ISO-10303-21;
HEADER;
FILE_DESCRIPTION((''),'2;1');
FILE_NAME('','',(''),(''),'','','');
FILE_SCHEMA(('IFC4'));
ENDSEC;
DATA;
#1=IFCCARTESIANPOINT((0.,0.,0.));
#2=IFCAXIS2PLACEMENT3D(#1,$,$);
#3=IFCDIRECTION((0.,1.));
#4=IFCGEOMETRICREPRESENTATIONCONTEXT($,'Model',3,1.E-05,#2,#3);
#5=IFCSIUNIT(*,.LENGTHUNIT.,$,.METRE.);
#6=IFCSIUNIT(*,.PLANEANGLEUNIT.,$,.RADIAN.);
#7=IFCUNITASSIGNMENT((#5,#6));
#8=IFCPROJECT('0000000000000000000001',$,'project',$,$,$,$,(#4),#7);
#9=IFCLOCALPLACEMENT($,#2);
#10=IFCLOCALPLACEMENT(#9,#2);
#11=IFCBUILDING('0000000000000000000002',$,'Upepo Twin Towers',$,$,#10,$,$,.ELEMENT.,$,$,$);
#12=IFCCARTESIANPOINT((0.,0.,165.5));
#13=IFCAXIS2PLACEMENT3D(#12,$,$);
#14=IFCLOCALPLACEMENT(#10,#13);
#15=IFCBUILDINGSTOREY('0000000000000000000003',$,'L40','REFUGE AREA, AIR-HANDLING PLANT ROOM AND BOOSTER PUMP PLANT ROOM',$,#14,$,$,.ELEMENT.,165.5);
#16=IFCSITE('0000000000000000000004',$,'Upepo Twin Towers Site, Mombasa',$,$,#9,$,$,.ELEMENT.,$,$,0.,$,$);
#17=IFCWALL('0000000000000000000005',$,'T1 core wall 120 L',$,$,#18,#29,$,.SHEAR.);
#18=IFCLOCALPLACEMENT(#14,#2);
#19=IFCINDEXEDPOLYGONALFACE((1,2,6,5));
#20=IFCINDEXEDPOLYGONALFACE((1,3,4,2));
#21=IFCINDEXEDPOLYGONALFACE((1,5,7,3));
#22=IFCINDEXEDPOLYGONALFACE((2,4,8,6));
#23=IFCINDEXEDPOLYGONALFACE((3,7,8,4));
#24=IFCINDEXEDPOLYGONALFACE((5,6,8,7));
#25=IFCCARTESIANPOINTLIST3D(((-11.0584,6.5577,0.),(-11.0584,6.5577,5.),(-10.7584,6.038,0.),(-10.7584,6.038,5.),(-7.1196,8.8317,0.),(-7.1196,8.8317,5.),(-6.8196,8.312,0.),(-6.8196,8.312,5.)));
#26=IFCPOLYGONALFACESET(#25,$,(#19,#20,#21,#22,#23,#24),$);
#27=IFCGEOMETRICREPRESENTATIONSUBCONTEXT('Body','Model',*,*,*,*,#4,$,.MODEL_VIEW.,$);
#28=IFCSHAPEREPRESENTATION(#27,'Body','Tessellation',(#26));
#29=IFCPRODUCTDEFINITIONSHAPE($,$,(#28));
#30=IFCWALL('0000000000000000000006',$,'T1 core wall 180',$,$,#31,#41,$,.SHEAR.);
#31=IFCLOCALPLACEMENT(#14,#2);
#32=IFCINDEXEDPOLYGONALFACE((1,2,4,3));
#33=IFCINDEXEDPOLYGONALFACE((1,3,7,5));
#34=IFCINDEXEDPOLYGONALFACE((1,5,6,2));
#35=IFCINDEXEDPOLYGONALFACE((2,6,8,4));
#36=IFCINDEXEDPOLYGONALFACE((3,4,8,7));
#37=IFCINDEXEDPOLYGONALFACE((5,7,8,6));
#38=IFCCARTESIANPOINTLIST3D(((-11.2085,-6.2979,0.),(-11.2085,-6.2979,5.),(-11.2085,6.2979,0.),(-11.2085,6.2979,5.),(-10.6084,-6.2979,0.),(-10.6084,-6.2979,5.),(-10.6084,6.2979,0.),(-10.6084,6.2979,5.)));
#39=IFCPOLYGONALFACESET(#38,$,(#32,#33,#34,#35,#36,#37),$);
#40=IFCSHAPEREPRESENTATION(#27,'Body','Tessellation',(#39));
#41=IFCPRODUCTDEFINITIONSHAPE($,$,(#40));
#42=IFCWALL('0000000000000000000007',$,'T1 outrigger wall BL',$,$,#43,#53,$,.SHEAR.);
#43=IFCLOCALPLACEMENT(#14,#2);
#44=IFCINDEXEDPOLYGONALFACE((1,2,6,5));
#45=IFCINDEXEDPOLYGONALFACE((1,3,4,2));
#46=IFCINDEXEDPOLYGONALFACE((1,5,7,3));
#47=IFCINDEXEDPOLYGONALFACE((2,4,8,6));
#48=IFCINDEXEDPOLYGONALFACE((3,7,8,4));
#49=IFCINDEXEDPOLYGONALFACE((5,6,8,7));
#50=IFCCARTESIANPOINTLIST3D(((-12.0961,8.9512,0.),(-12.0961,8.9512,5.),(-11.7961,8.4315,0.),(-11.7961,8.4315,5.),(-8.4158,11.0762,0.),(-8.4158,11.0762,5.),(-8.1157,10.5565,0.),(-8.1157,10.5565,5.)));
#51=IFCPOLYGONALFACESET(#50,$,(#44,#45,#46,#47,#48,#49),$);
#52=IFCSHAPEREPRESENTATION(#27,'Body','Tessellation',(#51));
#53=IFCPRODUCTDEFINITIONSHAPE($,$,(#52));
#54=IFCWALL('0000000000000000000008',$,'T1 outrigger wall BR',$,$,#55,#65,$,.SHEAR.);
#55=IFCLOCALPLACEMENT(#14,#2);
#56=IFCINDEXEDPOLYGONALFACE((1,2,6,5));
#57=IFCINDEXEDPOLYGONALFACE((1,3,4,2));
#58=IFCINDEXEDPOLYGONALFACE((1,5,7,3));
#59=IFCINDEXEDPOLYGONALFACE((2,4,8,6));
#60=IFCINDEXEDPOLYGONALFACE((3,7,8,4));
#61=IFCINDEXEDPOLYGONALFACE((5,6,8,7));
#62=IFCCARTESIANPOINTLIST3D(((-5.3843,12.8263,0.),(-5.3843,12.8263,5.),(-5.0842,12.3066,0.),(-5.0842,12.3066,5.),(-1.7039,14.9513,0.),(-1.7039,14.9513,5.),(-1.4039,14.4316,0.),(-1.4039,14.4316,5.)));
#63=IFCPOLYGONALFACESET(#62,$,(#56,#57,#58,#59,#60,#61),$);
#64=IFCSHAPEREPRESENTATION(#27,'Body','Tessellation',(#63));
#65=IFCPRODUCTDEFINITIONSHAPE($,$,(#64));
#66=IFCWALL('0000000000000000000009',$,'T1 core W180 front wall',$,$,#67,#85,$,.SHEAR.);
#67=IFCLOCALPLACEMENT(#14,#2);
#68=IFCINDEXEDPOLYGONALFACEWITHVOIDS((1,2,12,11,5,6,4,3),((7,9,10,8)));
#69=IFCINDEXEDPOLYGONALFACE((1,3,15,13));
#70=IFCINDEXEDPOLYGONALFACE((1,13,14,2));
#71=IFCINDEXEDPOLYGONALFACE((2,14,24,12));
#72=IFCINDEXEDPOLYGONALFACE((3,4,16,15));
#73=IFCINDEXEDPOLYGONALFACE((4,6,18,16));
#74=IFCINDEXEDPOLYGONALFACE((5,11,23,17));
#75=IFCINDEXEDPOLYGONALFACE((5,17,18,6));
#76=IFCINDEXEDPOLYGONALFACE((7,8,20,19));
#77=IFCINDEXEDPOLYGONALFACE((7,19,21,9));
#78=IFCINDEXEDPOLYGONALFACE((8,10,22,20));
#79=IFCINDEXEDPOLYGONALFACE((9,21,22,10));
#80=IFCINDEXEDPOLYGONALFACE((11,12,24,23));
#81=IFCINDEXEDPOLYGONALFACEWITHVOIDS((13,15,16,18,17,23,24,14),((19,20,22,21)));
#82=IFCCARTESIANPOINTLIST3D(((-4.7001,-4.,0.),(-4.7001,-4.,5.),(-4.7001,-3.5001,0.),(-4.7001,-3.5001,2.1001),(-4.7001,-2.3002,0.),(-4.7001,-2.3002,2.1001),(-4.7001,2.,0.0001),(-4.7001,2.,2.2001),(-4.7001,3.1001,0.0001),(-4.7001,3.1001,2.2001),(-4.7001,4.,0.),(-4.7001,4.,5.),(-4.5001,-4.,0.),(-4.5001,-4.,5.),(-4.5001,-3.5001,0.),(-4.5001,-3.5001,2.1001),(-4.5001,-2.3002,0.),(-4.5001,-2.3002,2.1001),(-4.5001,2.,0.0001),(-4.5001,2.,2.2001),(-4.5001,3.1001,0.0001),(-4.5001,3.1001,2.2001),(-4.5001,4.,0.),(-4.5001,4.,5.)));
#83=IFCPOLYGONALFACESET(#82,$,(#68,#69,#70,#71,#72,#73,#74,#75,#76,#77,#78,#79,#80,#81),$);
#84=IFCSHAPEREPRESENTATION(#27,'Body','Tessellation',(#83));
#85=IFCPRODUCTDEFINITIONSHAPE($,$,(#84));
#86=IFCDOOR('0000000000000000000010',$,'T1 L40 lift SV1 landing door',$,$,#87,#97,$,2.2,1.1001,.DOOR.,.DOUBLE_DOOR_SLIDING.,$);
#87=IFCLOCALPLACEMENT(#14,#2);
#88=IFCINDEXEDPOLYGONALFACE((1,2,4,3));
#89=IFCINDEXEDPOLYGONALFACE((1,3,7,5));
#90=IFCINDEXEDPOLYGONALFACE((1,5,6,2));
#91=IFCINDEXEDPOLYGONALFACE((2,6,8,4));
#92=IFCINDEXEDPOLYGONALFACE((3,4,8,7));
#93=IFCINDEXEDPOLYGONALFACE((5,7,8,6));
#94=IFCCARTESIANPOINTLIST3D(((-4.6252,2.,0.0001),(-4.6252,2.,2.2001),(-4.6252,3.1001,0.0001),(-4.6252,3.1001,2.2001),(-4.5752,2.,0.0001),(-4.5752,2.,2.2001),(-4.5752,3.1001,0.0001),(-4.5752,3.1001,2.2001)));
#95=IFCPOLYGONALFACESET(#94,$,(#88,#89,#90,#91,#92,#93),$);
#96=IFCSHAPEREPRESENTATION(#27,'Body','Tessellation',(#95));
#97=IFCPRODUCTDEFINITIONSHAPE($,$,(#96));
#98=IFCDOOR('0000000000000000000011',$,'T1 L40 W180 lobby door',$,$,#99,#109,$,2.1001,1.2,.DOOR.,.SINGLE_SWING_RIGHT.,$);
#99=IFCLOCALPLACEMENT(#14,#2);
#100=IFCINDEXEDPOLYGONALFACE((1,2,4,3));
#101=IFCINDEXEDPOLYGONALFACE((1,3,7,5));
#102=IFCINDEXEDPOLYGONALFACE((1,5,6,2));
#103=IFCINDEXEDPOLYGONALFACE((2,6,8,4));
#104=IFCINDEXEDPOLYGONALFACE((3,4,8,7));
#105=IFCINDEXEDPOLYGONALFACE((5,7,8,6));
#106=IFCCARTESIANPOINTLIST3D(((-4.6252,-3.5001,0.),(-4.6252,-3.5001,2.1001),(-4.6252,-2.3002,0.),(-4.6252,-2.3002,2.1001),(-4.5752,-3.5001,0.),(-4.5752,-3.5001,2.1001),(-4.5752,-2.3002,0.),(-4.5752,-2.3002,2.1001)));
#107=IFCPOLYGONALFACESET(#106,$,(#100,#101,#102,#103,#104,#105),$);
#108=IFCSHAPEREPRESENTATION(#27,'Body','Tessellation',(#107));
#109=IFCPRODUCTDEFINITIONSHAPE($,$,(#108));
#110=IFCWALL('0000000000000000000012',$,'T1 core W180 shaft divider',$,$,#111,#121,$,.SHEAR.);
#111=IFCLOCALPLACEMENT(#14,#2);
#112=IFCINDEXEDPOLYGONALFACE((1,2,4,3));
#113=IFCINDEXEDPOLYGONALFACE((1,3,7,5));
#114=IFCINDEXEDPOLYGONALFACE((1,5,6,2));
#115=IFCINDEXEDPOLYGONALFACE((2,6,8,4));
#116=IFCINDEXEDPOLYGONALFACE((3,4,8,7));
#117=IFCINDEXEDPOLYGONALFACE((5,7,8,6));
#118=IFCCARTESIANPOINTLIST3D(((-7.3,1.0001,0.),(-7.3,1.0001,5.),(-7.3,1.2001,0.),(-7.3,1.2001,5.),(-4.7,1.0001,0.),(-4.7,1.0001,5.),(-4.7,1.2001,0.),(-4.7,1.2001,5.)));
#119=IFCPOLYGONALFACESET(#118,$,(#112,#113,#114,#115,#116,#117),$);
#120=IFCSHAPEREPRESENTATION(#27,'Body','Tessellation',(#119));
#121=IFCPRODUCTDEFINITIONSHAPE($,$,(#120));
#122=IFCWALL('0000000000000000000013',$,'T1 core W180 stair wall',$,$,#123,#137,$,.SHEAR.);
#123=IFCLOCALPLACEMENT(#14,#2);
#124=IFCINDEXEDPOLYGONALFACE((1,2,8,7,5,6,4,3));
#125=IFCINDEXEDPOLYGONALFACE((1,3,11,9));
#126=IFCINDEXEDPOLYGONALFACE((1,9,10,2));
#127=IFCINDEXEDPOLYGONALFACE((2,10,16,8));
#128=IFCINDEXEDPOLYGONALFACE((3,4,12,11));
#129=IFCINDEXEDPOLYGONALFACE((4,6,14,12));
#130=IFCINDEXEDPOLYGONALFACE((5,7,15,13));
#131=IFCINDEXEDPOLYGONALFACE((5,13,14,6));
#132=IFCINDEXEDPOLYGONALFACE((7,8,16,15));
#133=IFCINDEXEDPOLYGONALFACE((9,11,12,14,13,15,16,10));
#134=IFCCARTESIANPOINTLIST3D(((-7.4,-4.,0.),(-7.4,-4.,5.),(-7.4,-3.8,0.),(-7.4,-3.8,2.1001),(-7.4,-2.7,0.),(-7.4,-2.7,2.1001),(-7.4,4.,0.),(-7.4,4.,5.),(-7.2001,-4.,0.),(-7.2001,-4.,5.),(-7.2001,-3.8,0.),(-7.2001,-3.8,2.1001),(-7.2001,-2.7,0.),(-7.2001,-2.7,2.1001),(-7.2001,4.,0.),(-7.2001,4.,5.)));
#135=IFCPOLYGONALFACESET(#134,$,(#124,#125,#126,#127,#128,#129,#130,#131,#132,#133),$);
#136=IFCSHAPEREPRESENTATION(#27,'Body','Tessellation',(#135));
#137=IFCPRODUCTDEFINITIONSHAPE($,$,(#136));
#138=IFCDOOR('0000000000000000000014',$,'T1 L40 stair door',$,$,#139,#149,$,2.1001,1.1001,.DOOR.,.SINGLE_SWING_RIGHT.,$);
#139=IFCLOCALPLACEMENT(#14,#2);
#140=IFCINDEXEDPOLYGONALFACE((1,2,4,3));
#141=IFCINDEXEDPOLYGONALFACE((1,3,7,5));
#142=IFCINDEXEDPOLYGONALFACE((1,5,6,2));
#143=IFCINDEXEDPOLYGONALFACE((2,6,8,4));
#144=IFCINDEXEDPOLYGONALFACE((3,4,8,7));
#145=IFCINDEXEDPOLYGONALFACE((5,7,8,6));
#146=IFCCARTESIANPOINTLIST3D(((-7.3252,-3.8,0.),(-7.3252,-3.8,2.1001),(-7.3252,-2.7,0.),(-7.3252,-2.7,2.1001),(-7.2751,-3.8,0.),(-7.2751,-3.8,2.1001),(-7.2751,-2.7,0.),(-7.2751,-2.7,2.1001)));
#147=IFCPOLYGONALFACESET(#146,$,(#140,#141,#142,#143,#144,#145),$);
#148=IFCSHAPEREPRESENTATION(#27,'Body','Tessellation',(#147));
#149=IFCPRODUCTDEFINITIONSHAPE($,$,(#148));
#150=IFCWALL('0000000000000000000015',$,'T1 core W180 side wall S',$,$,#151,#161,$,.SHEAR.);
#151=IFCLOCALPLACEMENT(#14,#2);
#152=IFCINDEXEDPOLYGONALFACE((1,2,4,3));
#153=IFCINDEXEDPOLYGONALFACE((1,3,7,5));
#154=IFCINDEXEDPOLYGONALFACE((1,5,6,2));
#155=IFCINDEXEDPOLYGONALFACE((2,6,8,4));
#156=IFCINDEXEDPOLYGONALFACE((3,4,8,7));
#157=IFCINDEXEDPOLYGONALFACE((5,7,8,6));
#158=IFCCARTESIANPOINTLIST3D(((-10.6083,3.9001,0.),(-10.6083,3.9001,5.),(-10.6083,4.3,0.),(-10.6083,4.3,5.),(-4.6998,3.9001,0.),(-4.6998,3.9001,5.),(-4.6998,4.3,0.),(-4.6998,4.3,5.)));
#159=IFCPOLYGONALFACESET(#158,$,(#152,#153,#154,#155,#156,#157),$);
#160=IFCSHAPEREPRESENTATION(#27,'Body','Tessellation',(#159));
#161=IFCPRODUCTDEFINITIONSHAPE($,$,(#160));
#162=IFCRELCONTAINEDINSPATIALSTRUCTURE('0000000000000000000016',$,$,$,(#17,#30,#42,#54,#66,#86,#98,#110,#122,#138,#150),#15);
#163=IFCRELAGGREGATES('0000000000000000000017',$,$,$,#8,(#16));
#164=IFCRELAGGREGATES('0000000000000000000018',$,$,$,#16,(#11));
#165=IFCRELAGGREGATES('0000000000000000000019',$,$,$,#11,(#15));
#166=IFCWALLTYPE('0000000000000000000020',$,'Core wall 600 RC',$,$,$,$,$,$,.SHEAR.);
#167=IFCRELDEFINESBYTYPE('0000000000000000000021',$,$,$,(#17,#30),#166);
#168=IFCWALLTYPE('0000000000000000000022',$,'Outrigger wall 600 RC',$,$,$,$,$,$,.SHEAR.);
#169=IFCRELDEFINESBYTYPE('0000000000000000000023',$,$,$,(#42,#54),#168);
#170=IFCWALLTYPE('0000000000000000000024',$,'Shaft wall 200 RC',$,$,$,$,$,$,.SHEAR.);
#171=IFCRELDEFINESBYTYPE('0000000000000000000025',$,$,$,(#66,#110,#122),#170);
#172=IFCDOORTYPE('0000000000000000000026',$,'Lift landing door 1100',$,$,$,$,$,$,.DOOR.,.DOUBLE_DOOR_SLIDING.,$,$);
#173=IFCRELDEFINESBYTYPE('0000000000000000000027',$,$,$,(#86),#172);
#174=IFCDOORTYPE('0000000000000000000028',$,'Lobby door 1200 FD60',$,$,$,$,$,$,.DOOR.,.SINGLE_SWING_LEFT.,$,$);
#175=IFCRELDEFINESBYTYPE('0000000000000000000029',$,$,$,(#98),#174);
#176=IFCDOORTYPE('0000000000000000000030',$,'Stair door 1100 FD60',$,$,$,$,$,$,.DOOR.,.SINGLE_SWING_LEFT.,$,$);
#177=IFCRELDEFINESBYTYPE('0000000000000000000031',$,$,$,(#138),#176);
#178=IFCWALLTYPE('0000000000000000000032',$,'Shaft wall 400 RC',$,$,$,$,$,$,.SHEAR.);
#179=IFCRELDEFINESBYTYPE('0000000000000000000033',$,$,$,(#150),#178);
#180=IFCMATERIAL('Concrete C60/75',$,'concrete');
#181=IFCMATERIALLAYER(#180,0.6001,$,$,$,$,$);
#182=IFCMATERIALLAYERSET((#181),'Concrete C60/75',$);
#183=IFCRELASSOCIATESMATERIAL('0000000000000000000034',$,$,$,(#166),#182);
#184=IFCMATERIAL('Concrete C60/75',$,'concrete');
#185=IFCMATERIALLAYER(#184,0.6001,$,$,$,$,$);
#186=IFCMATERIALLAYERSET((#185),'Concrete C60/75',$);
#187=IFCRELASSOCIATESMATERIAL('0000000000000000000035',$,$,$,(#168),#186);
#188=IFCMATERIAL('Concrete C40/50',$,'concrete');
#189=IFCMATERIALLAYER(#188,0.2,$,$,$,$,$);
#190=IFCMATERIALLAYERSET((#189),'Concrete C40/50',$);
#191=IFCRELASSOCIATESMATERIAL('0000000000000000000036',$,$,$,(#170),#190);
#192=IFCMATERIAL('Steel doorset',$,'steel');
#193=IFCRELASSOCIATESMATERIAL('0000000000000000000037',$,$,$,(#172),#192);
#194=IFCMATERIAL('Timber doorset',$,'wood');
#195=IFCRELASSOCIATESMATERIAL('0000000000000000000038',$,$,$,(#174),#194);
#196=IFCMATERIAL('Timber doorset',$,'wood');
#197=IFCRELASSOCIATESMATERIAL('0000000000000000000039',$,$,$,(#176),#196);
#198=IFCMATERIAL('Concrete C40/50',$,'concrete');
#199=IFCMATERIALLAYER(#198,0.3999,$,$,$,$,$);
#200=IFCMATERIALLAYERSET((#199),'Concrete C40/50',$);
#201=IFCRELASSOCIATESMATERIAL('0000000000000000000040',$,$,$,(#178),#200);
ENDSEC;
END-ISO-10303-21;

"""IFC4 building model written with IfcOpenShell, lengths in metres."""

from ifc_helpers import new_model, si_unit, direction, frame, frame_2d, origin, place, context, subcontext, project, spatial, rectangle, extrude, material, layer, layer_set, type_object, element, fill, save


model = new_model("IFC4")

# Units and contexts
model_context = context("Model", 3, precision=1e-05, world=origin(), true_north=direction((0.0, 1.0)))
body_context = subcontext(model_context, "Body", "Model", "MODEL_VIEW")
ifc_project = project(units=[si_unit("LENGTHUNIT", "METRE"), si_unit("PLANEANGLEUNIT", "RADIAN")], contexts=[model_context])

# Site, building, storey
site_placement = place(None, origin())
site = spatial("IfcSite", under=ifc_project, at=site_placement, Name="Upepo Twin Towers Site, Mombasa", CompositionType="ELEMENT", RefElevation=0.0)
building_placement = place(site_placement, origin())
building = spatial("IfcBuilding", under=site, at=building_placement, Name="Upepo Twin Towers", CompositionType="ELEMENT")
storey_placement = place(building_placement, frame((0.0, 0.0, 165.5)))
storey = spatial("IfcBuildingStorey", under=building, at=storey_placement, Name="L40", Description="REFUGE AREA, AIR-HANDLING PLANT ROOM AND BOOSTER PUMP PLANT ROOM", CompositionType="ELEMENT", Elevation=165.5)

# Shared definitions
ifc_material_1 = material(Name="Concrete C60/75", Category="concrete")
ifc_layer_1 = layer(ifc_material_1, 0.6001)
ifc_layer_set_1 = layer_set([ifc_layer_1], Name="Concrete C60/75")
wall_type_1 = type_object("IfcWallType", Name="Core wall 600 RC", PredefinedType="SHEAR", material=ifc_layer_set_1)

# Walls
wall_1_placement = place(storey_placement, frame((-6.9697, 8.5718, 0.0), z_axis=(0.0, 0.0, 1.0), x_axis=(-0.866035, -0.499984, 0.0)))
element("IfcWall", 1, at=wall_1_placement, inside=storey, type_object=wall_type_1, Name="T1 core wall 120 L", PredefinedType="SHEAR", context=body_context, shape_type="SweptSolid", body=[
    extrude(rectangle(XDim=4.5481, YDim=0.6001, at=frame_2d((2.2739, 0.0))), origin(), (0.0, 0.0, 1.0), 5.0),
])
wall_2_placement = place(storey_placement, frame((-10.9084, 6.2979, 0.0), z_axis=(0.0, 0.0, 1.0), x_axis=(0.0, -1.0, 0.0)))
element("IfcWall", 2, at=wall_2_placement, inside=storey, type_object=wall_type_1, Name="T1 core wall 180", PredefinedType="SHEAR", context=body_context, shape_type="SweptSolid", body=[
    extrude(rectangle(XDim=12.5957, YDim=0.6001, at=frame_2d((6.2979, 0.0))), origin(), (0.0, 0.0, 1.0), 5.0),
])
ifc_material_2 = material(Name="Concrete C60/75", Category="concrete")
ifc_layer_2 = layer(ifc_material_2, 0.6001)
ifc_layer_set_2 = layer_set([ifc_layer_2], Name="Concrete C60/75")
wall_type_2 = type_object("IfcWallType", Name="Outrigger wall 600 RC", PredefinedType="SHEAR", material=ifc_layer_set_2)
for number, where, z_axis, x_axis, name in (
    (3, (-8.2656, 10.8164, 0.0), (0.0, 0.0, 1.0), (-0.866014, -0.500019, 0.0), "T1 outrigger wall BL"),
    (4, (-5.2344, 12.5664, 0.0), (0.0, 0.0, 1.0), (0.866014, 0.500019, 0.0), "T1 outrigger wall BR"),
):
    element("IfcWall", number, at=place(storey_placement, frame(where, z_axis=z_axis, x_axis=x_axis)), inside=storey, type_object=wall_type_2, Name=name, PredefinedType="SHEAR", context=body_context, shape_type="SweptSolid", body=[
        extrude(rectangle(XDim=4.2498, YDim=0.6001, at=frame_2d((2.125, 0.0))), origin(), (0.0, 0.0, 1.0), 5.0),
    ])

# Wall, openings, doors
ifc_material_3 = material(Name="Concrete C40/50", Category="concrete")
ifc_layer_3 = layer(ifc_material_3, 0.2)
ifc_layer_set_3 = layer_set([ifc_layer_3], Name="Concrete C40/50")
wall_type_3 = type_object("IfcWallType", Name="Shaft wall 200 RC", PredefinedType="SHEAR", material=ifc_layer_set_3)
wall_3_placement = place(storey_placement, frame((-4.6001, 4.0, 0.0), z_axis=(0.0, 0.0, 1.0), x_axis=(0.0, -1.0, 0.0)))
wall_3 = element("IfcWall", 5, at=wall_3_placement, inside=storey, type_object=wall_type_3, Name="T1 core W180 front wall", PredefinedType="SHEAR", context=body_context, shape_type="SweptSolid", body=[
    extrude(rectangle(XDim=8.0, YDim=0.2, at=frame_2d((4.0, 0.0))), origin(), (0.0, 0.0, 1.0), 5.0),
])
opening_1_placement = place(wall_3_placement, frame((6.3, 0.0, 0.0)))
opening_1 = element("IfcOpeningElement", 6, at=opening_1_placement, cuts=wall_3, PredefinedType="OPENING", context=body_context, shape_type="SweptSolid", body=[
    extrude(rectangle(XDim=1.2, YDim=2.1001, at=frame_2d((0.6001, 1.05))), frame((0.0, 0.1099, 0.0), z_axis=(0.0, -1.0, 0.0), x_axis=(1.0, 0.0, 0.0)), (0.0, 0.0, 1.0), 0.22),
])
opening_2_placement = place(wall_3_placement, frame((0.8999, 0.0, 0.0)))
opening_2 = element("IfcOpeningElement", 7, at=opening_2_placement, cuts=wall_3, PredefinedType="OPENING", context=body_context, shape_type="SweptSolid", body=[
    extrude(rectangle(XDim=1.1001, YDim=2.2, at=frame_2d((0.55, 1.1001))), frame((0.0, 0.1099, 0.0), z_axis=(0.0, -1.0, 0.0), x_axis=(1.0, 0.0, 0.0)), (0.0, 0.0, 1.0), 0.22),
])
ifc_material_4 = material(Name="Steel doorset", Category="steel")
door_type_1 = type_object("IfcDoorType", Name="Lift landing door 1100", OperationType="DOUBLE_DOOR_SLIDING", PredefinedType="DOOR", material=ifc_material_4)
door_1_placement = place(opening_2_placement, origin())
door_1 = element("IfcDoor", 8, at=door_1_placement, inside=storey, type_object=door_type_1, Name="T1 L40 lift SV1 landing door", OperationType="DOUBLE_DOOR_SLIDING", OverallHeight=2.2, OverallWidth=1.1001, PredefinedType="DOOR", context=body_context, shape_type="SweptSolid", body=[
    extrude(rectangle(XDim=1.1001, YDim=2.2, at=frame_2d((0.55, 1.1001))), frame((0.0, 0.0249, 0.0), z_axis=(0.0, -1.0, 0.0), x_axis=(1.0, 0.0, 0.0)), (0.0, 0.0, 1.0), 0.05),
])
fill(opening_2, door_1)
ifc_material_5 = material(Name="Timber doorset", Category="wood")
door_type_2 = type_object("IfcDoorType", Name="Lobby door 1200 FD60", OperationType="SINGLE_SWING_LEFT", PredefinedType="DOOR", material=ifc_material_5)
door_2_placement = place(opening_1_placement, origin())
door_2 = element("IfcDoor", 9, at=door_2_placement, inside=storey, type_object=door_type_2, Name="T1 L40 W180 lobby door", OperationType="SINGLE_SWING_RIGHT", OverallHeight=2.1001, OverallWidth=1.2, PredefinedType="DOOR", context=body_context, shape_type="SweptSolid", body=[
    extrude(rectangle(XDim=1.2, YDim=2.1001, at=frame_2d((0.6001, 1.05))), frame((0.0, 0.0249, 0.0), z_axis=(0.0, -1.0, 0.0), x_axis=(1.0, 0.0, 0.0)), (0.0, 0.0, 1.0), 0.05),
])
fill(opening_1, door_2)

# Wall
wall_4_placement = place(storey_placement, frame((-4.7, 1.1001, 0.0), z_axis=(0.0, 0.0, 1.0), x_axis=(-1.0, 0.0, 0.0)))
element("IfcWall", 10, at=wall_4_placement, inside=storey, type_object=wall_type_3, Name="T1 core W180 shaft divider", PredefinedType="SHEAR", context=body_context, shape_type="SweptSolid", body=[
    extrude(rectangle(XDim=2.6001, YDim=0.2, at=frame_2d((1.3, 0.0))), origin(), (0.0, 0.0, 1.0), 5.0),
])

# Wall, opening, door
wall_5_placement = place(storey_placement, frame((-7.3, 4.0, 0.0), z_axis=(0.0, 0.0, 1.0), x_axis=(0.0, -1.0, 0.0)))
wall_5 = element("IfcWall", 11, at=wall_5_placement, inside=storey, type_object=wall_type_3, Name="T1 core W180 stair wall", PredefinedType="SHEAR", context=body_context, shape_type="SweptSolid", body=[
    extrude(rectangle(XDim=8.0, YDim=0.2, at=frame_2d((4.0, 0.0))), origin(), (0.0, 0.0, 1.0), 5.0),
])
opening_3_placement = place(wall_5_placement, frame((6.7, 0.0, 0.0)))
opening_3 = element("IfcOpeningElement", 12, at=opening_3_placement, cuts=wall_5, PredefinedType="OPENING", context=body_context, shape_type="SweptSolid", body=[
    extrude(rectangle(XDim=1.1001, YDim=2.1001, at=frame_2d((0.55, 1.05))), frame((0.0, 0.1099, 0.0), z_axis=(0.0, -1.0, 0.0), x_axis=(1.0, 0.0, 0.0)), (0.0, 0.0, 1.0), 0.22),
])
ifc_material_6 = material(Name="Timber doorset", Category="wood")
door_type_3 = type_object("IfcDoorType", Name="Stair door 1100 FD60", OperationType="SINGLE_SWING_LEFT", PredefinedType="DOOR", material=ifc_material_6)
door_3_placement = place(opening_3_placement, origin())
door_3 = element("IfcDoor", 13, at=door_3_placement, inside=storey, type_object=door_type_3, Name="T1 L40 stair door", OperationType="SINGLE_SWING_RIGHT", OverallHeight=2.1001, OverallWidth=1.1001, PredefinedType="DOOR", context=body_context, shape_type="SweptSolid", body=[
    extrude(rectangle(XDim=1.1001, YDim=2.1001, at=frame_2d((0.55, 1.05))), frame((0.0, 0.0249, 0.0), z_axis=(0.0, -1.0, 0.0), x_axis=(1.0, 0.0, 0.0)), (0.0, 0.0, 1.0), 0.05),
])
fill(opening_3, door_3)

# Wall
ifc_material_7 = material(Name="Concrete C40/50", Category="concrete")
ifc_layer_4 = layer(ifc_material_7, 0.3999)
ifc_layer_set_4 = layer_set([ifc_layer_4], Name="Concrete C40/50")
wall_type_4 = type_object("IfcWallType", Name="Shaft wall 400 RC", PredefinedType="SHEAR", material=ifc_layer_set_4)
wall_6_placement = place(storey_placement, frame((-4.7, 4.1001, 0.0), z_axis=(0.0, 0.0, 1.0), x_axis=(-1.0, 0.0, 0.0)))
element("IfcWall", 14, at=wall_6_placement, inside=storey, type_object=wall_type_4, Name="T1 core W180 side wall S", PredefinedType="SHEAR", context=body_context, shape_type="SweptSolid", body=[
    extrude(rectangle(XDim=5.9084, YDim=0.3999, at=frame_2d((2.9541, 0.0))), origin(), (0.0, 0.0, 1.0), 5.0),
])

save(model, "model.ifc")
